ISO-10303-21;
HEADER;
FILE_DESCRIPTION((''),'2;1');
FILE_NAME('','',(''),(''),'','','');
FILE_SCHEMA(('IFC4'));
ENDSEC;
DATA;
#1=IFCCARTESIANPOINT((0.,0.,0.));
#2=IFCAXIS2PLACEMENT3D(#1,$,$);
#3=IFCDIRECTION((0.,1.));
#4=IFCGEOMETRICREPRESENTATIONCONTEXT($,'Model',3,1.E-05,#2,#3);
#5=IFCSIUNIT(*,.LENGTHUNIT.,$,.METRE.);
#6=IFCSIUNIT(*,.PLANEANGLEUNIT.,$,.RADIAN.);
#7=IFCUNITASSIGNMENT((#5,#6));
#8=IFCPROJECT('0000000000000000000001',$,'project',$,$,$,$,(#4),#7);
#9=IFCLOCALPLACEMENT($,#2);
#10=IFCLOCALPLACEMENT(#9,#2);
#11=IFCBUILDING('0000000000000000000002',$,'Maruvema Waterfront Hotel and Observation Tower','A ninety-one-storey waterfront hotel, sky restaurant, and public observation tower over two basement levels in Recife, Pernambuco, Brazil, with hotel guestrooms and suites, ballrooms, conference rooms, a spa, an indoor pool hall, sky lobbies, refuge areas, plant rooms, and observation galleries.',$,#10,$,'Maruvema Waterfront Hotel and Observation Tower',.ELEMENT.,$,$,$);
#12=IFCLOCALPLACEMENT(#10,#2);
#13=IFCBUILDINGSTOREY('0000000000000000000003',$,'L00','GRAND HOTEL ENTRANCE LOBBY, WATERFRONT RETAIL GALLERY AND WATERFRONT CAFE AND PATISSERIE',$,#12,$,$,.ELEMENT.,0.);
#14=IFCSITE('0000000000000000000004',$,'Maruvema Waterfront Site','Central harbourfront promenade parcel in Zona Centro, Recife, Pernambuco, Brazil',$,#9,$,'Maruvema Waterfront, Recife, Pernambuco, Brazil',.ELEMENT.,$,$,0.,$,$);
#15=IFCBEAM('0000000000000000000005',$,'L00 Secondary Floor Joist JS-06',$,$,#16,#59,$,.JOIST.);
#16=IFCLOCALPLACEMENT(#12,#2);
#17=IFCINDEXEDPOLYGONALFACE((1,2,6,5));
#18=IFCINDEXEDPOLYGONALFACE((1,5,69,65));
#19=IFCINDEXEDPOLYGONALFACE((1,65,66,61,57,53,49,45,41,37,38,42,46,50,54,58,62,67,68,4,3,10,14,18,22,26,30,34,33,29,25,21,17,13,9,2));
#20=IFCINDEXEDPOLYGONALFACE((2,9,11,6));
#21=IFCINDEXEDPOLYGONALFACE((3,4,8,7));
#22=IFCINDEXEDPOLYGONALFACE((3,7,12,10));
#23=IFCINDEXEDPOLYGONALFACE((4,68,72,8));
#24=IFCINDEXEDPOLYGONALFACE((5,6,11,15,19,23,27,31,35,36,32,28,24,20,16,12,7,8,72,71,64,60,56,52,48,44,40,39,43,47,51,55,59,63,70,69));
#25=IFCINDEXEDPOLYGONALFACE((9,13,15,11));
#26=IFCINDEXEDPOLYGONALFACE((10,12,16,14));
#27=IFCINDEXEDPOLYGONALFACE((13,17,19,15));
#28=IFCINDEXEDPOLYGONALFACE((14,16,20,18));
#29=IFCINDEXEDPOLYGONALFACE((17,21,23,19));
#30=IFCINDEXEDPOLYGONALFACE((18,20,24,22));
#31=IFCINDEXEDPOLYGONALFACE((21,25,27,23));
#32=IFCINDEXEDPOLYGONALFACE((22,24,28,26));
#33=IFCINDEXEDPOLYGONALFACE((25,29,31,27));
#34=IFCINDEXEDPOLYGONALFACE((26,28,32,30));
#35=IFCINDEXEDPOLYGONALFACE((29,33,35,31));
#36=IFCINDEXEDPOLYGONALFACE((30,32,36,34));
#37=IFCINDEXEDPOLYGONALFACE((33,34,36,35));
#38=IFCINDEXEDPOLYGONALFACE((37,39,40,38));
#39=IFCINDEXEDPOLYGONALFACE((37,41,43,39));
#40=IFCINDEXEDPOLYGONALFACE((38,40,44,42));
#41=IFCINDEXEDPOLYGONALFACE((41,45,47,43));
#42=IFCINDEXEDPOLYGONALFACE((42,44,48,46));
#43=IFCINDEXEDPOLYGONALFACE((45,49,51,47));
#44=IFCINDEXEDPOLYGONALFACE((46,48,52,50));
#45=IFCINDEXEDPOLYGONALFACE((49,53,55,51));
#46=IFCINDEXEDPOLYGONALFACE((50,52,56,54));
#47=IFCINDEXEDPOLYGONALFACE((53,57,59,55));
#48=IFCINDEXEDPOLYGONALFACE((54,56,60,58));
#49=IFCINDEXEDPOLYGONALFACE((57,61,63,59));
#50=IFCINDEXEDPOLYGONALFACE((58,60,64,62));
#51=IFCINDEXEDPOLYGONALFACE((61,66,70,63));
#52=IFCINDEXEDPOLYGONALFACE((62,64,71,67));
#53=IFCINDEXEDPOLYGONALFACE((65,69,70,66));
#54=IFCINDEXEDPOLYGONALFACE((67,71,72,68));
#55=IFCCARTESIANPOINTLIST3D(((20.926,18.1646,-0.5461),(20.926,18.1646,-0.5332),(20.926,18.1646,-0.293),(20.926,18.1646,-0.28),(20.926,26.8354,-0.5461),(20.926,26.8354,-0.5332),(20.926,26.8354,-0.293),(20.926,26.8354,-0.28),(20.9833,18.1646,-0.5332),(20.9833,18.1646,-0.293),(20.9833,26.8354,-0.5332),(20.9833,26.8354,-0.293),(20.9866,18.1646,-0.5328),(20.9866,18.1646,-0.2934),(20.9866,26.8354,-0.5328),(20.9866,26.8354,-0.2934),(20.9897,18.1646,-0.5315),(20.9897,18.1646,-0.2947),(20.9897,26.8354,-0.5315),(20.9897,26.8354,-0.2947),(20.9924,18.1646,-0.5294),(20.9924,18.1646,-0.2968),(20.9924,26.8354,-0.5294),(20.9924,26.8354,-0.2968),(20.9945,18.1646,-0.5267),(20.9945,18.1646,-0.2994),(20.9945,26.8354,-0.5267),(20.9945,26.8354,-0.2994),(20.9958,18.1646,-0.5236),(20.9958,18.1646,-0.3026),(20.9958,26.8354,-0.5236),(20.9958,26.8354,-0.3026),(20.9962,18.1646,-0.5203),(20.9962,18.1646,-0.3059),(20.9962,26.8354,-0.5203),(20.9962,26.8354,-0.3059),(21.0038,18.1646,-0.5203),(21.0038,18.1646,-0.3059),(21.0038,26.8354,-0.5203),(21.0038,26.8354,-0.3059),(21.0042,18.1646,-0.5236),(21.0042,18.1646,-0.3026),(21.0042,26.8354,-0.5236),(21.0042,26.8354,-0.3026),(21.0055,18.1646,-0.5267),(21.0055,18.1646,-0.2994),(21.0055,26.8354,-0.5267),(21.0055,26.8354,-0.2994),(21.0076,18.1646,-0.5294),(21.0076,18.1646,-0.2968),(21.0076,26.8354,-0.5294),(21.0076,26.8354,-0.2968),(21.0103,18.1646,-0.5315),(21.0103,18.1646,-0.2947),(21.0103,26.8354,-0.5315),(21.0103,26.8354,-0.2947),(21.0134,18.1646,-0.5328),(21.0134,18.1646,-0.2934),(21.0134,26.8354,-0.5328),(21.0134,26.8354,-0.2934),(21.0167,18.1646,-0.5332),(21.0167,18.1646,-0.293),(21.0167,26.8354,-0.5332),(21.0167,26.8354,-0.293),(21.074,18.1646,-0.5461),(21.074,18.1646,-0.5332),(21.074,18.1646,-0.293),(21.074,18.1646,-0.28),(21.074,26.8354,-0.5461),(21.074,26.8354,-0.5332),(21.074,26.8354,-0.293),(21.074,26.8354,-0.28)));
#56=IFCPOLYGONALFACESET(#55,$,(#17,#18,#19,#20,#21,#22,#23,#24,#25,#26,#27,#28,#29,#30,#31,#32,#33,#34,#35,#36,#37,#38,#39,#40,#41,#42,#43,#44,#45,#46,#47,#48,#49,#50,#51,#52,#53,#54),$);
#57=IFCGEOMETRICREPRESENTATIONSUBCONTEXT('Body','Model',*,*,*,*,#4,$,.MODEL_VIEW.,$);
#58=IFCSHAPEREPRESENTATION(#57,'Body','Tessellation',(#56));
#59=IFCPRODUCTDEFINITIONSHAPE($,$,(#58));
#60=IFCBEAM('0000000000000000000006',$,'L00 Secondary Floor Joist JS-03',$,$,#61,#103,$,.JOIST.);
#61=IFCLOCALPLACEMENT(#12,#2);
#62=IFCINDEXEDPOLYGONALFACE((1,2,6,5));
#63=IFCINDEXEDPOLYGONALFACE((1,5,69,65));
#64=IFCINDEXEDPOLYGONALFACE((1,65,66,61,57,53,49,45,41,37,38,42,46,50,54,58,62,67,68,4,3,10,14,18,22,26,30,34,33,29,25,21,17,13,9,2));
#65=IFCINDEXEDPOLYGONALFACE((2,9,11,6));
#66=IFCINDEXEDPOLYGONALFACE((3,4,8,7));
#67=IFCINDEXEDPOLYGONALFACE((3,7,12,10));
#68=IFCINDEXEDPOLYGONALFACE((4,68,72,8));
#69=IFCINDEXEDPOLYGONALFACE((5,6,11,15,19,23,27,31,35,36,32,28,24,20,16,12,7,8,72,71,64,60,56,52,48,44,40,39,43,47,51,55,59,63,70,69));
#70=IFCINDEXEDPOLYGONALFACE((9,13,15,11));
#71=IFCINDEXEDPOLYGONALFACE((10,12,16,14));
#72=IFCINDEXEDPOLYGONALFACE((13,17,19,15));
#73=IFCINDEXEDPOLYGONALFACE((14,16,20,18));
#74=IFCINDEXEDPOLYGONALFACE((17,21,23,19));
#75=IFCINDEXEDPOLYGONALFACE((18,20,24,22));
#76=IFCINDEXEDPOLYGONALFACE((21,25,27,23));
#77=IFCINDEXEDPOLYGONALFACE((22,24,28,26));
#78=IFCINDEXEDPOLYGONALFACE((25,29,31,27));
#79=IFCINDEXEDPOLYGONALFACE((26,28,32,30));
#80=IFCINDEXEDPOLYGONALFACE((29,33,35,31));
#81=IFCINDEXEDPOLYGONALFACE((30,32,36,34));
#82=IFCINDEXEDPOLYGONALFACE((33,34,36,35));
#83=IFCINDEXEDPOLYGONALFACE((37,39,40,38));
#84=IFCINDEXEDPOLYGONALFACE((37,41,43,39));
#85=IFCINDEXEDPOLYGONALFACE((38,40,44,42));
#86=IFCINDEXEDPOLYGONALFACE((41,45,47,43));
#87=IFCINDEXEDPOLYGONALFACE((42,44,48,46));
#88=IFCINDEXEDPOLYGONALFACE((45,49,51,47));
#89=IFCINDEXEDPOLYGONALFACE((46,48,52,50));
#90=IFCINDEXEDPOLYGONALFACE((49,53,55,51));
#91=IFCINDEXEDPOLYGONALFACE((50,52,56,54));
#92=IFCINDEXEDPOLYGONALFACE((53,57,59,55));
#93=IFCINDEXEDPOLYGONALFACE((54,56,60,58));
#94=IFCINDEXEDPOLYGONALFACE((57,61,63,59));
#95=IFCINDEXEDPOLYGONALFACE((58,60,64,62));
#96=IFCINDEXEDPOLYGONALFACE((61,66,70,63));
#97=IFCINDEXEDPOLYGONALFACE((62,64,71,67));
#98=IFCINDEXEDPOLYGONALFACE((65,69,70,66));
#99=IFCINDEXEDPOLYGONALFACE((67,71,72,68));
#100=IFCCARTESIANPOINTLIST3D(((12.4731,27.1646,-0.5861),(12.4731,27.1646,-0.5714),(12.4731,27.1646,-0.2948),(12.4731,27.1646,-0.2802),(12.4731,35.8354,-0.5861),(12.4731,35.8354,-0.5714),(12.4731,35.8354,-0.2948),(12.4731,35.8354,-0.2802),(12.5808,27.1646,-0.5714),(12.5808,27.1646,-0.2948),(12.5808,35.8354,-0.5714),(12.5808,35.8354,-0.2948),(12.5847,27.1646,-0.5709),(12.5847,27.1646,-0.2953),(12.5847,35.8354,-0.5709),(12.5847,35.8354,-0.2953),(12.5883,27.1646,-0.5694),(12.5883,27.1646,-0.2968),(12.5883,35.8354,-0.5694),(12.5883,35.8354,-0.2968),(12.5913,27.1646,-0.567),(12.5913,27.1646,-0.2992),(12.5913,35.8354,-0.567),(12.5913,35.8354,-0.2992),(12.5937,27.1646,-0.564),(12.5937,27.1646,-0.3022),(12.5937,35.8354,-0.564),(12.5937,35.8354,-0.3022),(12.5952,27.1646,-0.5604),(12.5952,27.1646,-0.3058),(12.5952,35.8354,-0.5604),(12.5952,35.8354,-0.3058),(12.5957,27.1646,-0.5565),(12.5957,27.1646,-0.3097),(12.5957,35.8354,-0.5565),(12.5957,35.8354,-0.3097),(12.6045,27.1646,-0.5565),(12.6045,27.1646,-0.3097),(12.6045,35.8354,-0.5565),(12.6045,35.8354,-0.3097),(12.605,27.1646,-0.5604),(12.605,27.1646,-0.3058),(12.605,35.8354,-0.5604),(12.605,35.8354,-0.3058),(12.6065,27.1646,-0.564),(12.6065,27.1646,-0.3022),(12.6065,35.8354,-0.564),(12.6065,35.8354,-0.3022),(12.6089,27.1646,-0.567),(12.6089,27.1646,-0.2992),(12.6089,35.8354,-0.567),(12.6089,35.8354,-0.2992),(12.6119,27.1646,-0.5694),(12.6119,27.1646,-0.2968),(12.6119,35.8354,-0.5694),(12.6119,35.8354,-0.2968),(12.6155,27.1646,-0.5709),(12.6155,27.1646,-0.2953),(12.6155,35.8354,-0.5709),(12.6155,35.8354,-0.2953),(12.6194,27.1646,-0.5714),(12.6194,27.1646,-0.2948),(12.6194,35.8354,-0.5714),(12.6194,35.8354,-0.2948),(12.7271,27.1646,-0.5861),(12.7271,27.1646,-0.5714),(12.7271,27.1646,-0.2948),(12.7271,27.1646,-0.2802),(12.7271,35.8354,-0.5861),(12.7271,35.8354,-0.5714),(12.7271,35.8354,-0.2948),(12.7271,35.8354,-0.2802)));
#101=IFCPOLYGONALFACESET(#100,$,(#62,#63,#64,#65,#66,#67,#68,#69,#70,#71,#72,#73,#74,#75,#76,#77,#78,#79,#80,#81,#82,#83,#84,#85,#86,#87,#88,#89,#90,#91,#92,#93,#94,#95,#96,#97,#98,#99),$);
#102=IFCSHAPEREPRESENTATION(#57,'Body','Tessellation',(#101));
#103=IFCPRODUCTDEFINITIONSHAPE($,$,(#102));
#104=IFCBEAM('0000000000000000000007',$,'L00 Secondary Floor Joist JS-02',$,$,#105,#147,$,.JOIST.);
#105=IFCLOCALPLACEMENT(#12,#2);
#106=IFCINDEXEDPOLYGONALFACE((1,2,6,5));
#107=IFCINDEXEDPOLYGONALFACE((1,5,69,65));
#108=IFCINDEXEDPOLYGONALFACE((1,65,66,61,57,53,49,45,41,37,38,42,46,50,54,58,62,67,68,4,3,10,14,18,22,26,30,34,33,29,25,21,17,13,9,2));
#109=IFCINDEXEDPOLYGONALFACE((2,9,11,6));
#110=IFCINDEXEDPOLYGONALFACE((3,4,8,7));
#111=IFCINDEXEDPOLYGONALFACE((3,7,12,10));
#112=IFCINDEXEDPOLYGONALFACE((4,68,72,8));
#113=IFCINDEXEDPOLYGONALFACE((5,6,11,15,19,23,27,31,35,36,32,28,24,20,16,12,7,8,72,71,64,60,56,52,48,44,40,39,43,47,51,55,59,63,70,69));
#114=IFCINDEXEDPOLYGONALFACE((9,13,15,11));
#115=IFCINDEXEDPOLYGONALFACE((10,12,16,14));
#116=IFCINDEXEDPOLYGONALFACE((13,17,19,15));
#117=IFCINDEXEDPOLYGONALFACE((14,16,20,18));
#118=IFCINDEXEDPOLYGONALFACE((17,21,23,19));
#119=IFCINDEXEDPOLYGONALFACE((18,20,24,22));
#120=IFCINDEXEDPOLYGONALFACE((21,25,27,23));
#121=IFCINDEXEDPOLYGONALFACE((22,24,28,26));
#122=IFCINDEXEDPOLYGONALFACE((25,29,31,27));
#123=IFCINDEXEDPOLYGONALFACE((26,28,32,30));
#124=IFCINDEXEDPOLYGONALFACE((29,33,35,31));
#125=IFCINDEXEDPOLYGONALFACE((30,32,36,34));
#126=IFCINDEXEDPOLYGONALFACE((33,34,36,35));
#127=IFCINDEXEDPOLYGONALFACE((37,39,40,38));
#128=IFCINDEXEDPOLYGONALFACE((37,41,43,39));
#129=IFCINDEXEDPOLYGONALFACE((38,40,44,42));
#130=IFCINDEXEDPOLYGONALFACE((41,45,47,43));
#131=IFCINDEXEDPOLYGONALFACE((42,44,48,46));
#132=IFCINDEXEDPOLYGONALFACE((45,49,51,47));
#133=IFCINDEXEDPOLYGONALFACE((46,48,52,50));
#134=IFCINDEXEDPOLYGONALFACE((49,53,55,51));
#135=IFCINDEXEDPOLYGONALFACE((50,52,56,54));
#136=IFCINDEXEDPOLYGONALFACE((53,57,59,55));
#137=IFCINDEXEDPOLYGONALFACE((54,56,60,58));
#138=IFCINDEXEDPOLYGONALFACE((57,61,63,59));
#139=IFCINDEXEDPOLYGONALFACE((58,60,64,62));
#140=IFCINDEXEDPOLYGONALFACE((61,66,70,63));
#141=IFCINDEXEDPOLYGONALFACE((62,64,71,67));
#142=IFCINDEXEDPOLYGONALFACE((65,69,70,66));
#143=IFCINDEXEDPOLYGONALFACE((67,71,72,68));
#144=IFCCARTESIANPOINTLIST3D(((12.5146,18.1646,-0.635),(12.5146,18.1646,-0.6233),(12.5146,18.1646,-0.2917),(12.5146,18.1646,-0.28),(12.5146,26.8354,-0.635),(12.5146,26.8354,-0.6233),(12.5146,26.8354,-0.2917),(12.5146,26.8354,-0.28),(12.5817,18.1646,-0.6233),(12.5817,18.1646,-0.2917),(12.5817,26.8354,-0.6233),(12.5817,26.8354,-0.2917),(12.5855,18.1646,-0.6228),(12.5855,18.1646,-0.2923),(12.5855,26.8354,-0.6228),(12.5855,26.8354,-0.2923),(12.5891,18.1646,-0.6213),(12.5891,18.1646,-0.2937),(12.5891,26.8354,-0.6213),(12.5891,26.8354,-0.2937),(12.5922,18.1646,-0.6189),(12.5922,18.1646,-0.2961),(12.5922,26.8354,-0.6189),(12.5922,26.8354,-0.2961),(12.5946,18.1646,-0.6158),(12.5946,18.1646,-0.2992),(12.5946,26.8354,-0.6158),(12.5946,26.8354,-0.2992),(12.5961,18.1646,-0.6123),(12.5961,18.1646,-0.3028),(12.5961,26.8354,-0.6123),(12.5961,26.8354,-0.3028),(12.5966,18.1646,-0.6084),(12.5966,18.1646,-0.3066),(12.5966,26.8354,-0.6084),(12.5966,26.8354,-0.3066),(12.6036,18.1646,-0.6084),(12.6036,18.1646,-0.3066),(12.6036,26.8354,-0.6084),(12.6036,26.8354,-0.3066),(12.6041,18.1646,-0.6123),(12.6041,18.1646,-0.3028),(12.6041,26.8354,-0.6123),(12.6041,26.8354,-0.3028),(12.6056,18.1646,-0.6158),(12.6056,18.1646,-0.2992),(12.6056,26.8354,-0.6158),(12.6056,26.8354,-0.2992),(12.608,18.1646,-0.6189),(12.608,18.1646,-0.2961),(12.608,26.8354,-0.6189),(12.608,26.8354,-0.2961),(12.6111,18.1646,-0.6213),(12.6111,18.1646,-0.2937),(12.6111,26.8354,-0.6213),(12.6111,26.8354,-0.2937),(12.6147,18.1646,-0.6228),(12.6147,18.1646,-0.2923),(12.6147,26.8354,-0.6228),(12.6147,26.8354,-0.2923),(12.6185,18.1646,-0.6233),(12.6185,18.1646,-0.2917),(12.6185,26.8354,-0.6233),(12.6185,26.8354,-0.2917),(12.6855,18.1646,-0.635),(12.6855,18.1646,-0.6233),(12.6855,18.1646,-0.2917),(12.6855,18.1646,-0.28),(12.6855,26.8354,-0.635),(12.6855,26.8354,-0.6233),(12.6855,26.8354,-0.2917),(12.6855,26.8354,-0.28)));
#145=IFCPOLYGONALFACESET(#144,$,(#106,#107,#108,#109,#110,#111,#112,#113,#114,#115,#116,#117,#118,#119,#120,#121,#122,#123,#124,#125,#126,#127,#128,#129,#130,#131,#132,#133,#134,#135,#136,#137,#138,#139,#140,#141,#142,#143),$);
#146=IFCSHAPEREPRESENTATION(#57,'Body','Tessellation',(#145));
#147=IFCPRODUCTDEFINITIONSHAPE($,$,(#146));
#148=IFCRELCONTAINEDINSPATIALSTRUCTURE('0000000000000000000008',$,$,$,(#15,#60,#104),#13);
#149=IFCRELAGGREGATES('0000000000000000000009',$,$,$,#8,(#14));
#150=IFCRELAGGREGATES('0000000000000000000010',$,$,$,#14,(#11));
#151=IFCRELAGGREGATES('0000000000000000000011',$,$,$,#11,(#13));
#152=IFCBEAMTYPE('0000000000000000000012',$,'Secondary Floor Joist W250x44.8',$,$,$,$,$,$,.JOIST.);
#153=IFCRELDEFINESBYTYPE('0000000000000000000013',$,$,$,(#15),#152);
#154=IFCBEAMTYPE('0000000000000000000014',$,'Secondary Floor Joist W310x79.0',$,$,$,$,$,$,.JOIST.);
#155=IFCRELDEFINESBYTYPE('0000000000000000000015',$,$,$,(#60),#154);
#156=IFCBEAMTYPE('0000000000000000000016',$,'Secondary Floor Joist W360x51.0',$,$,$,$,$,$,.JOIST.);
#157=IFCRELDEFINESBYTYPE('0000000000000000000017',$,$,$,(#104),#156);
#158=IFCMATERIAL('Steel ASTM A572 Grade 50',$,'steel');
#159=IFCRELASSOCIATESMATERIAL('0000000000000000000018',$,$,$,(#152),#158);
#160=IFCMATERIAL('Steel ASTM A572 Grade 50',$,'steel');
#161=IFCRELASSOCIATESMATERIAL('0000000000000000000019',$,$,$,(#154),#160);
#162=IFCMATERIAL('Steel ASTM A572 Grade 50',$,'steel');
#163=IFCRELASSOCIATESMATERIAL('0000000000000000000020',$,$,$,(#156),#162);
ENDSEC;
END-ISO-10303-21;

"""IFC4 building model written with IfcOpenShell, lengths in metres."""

from ifc_helpers import new_model, si_unit, direction, frame, origin, origin_2d, place, context, subcontext, project, spatial, i_section, extrude, material, material_profile, profile_set, type_object, element, save


model = new_model("IFC4")

# Units and contexts
model_context = context("Model", 3, precision=1e-05, world=origin(), true_north=direction((0.0, 1.0)))
body_context = subcontext(model_context, "Body", "Model", "MODEL_VIEW")
ifc_project = project(units=[si_unit("LENGTHUNIT", "METRE"), si_unit("PLANEANGLEUNIT", "RADIAN")], contexts=[model_context])

# Site, building, storey
site_placement = place(None, origin())
site = spatial("IfcSite", under=ifc_project, at=site_placement, Name="Maruvema Waterfront Site", Description="Central harbourfront promenade parcel in Zona Centro, Recife, Pernambuco, Brazil", LongName="Maruvema Waterfront, Recife, Pernambuco, Brazil", CompositionType="ELEMENT", RefElevation=0.0)
building_placement = place(site_placement, origin())
building = spatial("IfcBuilding", under=site, at=building_placement, Name="Maruvema Waterfront Hotel and Observation Tower", Description="A ninety-one-storey waterfront hotel, sky restaurant, and public observation tower over two basement levels in Recife, Pernambuco, Brazil, with hotel guestrooms and suites, ballrooms, conference rooms, a spa, an indoor pool hall, sky lobbies, refuge areas, plant rooms, and observation galleries.", LongName="Maruvema Waterfront Hotel and Observation Tower", CompositionType="ELEMENT")
storey_placement = place(building_placement, origin())
storey = spatial("IfcBuildingStorey", under=building, at=storey_placement, Name="L00", Description="GRAND HOTEL ENTRANCE LOBBY, WATERFRONT RETAIL GALLERY AND WATERFRONT CAFE AND PATISSERIE", CompositionType="ELEMENT", Elevation=0.0)

# Beams
ifc_material_1 = material(Name="Steel ASTM A572 Grade 50", Category="steel")
ifc_material_profile_1 = material_profile(ifc_material_1, i_section(OverallWidth=0.1479, OverallDepth=0.2661, WebThickness=0.0076, FlangeThickness=0.0129, FilletRadius=0.0129, at=origin_2d()), Name="W250x44.8")
ifc_profile_set_1 = profile_set([ifc_material_profile_1], Name="Steel ASTM A572 Grade 50")
beam_type_1 = type_object("IfcBeamType", Name="Secondary Floor Joist W250x44.8", PredefinedType="JOIST", material=ifc_profile_set_1)
beam_1_placement = place(storey_placement, frame((21.0, 18.1646, -0.4131), z_axis=(0.0, 1.0, 0.0), x_axis=(-1.0, 0.0, 0.0)))
element("IfcBeam", 1, at=beam_1_placement, inside=storey, type_object=beam_type_1, Name="L00 Secondary Floor Joist JS-06", PredefinedType="JOIST", context=body_context, shape_type="SweptSolid", body=[
    extrude(i_section(OverallWidth=0.1479, OverallDepth=0.2661, WebThickness=0.0076, FlangeThickness=0.0129, FilletRadius=0.0129, at=origin_2d()), origin(), (0.0, 0.0, 1.0), 8.6709),
])
ifc_material_2 = material(Name="Steel ASTM A572 Grade 50", Category="steel")
ifc_material_profile_2 = material_profile(ifc_material_2, i_section(OverallWidth=0.2539, OverallDepth=0.3059, WebThickness=0.0088, FlangeThickness=0.0146, FilletRadius=0.0149, at=origin_2d()), Name="W310x79.0")
ifc_profile_set_2 = profile_set([ifc_material_profile_2], Name="Steel ASTM A572 Grade 50")
beam_type_2 = type_object("IfcBeamType", Name="Secondary Floor Joist W310x79.0", PredefinedType="JOIST", material=ifc_profile_set_2)
beam_2_placement = place(storey_placement, frame((12.6001, 27.1646, -0.4331), z_axis=(0.0, 1.0, 0.0), x_axis=(-1.0, 0.0, 0.0)))
element("IfcBeam", 2, at=beam_2_placement, inside=storey, type_object=beam_type_2, Name="L00 Secondary Floor Joist JS-03", PredefinedType="JOIST", context=body_context, shape_type="SweptSolid", body=[
    extrude(i_section(OverallWidth=0.2539, OverallDepth=0.3059, WebThickness=0.0088, FlangeThickness=0.0146, FilletRadius=0.0149, at=origin_2d()), origin(), (0.0, 0.0, 1.0), 8.6709),
])
ifc_material_3 = material(Name="Steel ASTM A572 Grade 50", Category="steel")
ifc_material_profile_3 = material_profile(ifc_material_3, i_section(OverallWidth=0.1709, OverallDepth=0.355, WebThickness=0.0071, FlangeThickness=0.0117, FilletRadius=0.0149, at=origin_2d()), Name="W360x51.0")
ifc_profile_set_3 = profile_set([ifc_material_profile_3], Name="Steel ASTM A572 Grade 50")
beam_type_3 = type_object("IfcBeamType", Name="Secondary Floor Joist W360x51.0", PredefinedType="JOIST", material=ifc_profile_set_3)
beam_3_placement = place(storey_placement, frame((12.6001, 18.1646, -0.4575), z_axis=(0.0, 1.0, 0.0), x_axis=(-1.0, 0.0, 0.0)))
element("IfcBeam", 3, at=beam_3_placement, inside=storey, type_object=beam_type_3, Name="L00 Secondary Floor Joist JS-02", PredefinedType="JOIST", context=body_context, shape_type="SweptSolid", body=[
    extrude(i_section(OverallWidth=0.1709, OverallDepth=0.355, WebThickness=0.0071, FlangeThickness=0.0117, FilletRadius=0.0149, at=origin_2d()), origin(), (0.0, 0.0, 1.0), 8.6709),
])

save(model, "model.ifc")
